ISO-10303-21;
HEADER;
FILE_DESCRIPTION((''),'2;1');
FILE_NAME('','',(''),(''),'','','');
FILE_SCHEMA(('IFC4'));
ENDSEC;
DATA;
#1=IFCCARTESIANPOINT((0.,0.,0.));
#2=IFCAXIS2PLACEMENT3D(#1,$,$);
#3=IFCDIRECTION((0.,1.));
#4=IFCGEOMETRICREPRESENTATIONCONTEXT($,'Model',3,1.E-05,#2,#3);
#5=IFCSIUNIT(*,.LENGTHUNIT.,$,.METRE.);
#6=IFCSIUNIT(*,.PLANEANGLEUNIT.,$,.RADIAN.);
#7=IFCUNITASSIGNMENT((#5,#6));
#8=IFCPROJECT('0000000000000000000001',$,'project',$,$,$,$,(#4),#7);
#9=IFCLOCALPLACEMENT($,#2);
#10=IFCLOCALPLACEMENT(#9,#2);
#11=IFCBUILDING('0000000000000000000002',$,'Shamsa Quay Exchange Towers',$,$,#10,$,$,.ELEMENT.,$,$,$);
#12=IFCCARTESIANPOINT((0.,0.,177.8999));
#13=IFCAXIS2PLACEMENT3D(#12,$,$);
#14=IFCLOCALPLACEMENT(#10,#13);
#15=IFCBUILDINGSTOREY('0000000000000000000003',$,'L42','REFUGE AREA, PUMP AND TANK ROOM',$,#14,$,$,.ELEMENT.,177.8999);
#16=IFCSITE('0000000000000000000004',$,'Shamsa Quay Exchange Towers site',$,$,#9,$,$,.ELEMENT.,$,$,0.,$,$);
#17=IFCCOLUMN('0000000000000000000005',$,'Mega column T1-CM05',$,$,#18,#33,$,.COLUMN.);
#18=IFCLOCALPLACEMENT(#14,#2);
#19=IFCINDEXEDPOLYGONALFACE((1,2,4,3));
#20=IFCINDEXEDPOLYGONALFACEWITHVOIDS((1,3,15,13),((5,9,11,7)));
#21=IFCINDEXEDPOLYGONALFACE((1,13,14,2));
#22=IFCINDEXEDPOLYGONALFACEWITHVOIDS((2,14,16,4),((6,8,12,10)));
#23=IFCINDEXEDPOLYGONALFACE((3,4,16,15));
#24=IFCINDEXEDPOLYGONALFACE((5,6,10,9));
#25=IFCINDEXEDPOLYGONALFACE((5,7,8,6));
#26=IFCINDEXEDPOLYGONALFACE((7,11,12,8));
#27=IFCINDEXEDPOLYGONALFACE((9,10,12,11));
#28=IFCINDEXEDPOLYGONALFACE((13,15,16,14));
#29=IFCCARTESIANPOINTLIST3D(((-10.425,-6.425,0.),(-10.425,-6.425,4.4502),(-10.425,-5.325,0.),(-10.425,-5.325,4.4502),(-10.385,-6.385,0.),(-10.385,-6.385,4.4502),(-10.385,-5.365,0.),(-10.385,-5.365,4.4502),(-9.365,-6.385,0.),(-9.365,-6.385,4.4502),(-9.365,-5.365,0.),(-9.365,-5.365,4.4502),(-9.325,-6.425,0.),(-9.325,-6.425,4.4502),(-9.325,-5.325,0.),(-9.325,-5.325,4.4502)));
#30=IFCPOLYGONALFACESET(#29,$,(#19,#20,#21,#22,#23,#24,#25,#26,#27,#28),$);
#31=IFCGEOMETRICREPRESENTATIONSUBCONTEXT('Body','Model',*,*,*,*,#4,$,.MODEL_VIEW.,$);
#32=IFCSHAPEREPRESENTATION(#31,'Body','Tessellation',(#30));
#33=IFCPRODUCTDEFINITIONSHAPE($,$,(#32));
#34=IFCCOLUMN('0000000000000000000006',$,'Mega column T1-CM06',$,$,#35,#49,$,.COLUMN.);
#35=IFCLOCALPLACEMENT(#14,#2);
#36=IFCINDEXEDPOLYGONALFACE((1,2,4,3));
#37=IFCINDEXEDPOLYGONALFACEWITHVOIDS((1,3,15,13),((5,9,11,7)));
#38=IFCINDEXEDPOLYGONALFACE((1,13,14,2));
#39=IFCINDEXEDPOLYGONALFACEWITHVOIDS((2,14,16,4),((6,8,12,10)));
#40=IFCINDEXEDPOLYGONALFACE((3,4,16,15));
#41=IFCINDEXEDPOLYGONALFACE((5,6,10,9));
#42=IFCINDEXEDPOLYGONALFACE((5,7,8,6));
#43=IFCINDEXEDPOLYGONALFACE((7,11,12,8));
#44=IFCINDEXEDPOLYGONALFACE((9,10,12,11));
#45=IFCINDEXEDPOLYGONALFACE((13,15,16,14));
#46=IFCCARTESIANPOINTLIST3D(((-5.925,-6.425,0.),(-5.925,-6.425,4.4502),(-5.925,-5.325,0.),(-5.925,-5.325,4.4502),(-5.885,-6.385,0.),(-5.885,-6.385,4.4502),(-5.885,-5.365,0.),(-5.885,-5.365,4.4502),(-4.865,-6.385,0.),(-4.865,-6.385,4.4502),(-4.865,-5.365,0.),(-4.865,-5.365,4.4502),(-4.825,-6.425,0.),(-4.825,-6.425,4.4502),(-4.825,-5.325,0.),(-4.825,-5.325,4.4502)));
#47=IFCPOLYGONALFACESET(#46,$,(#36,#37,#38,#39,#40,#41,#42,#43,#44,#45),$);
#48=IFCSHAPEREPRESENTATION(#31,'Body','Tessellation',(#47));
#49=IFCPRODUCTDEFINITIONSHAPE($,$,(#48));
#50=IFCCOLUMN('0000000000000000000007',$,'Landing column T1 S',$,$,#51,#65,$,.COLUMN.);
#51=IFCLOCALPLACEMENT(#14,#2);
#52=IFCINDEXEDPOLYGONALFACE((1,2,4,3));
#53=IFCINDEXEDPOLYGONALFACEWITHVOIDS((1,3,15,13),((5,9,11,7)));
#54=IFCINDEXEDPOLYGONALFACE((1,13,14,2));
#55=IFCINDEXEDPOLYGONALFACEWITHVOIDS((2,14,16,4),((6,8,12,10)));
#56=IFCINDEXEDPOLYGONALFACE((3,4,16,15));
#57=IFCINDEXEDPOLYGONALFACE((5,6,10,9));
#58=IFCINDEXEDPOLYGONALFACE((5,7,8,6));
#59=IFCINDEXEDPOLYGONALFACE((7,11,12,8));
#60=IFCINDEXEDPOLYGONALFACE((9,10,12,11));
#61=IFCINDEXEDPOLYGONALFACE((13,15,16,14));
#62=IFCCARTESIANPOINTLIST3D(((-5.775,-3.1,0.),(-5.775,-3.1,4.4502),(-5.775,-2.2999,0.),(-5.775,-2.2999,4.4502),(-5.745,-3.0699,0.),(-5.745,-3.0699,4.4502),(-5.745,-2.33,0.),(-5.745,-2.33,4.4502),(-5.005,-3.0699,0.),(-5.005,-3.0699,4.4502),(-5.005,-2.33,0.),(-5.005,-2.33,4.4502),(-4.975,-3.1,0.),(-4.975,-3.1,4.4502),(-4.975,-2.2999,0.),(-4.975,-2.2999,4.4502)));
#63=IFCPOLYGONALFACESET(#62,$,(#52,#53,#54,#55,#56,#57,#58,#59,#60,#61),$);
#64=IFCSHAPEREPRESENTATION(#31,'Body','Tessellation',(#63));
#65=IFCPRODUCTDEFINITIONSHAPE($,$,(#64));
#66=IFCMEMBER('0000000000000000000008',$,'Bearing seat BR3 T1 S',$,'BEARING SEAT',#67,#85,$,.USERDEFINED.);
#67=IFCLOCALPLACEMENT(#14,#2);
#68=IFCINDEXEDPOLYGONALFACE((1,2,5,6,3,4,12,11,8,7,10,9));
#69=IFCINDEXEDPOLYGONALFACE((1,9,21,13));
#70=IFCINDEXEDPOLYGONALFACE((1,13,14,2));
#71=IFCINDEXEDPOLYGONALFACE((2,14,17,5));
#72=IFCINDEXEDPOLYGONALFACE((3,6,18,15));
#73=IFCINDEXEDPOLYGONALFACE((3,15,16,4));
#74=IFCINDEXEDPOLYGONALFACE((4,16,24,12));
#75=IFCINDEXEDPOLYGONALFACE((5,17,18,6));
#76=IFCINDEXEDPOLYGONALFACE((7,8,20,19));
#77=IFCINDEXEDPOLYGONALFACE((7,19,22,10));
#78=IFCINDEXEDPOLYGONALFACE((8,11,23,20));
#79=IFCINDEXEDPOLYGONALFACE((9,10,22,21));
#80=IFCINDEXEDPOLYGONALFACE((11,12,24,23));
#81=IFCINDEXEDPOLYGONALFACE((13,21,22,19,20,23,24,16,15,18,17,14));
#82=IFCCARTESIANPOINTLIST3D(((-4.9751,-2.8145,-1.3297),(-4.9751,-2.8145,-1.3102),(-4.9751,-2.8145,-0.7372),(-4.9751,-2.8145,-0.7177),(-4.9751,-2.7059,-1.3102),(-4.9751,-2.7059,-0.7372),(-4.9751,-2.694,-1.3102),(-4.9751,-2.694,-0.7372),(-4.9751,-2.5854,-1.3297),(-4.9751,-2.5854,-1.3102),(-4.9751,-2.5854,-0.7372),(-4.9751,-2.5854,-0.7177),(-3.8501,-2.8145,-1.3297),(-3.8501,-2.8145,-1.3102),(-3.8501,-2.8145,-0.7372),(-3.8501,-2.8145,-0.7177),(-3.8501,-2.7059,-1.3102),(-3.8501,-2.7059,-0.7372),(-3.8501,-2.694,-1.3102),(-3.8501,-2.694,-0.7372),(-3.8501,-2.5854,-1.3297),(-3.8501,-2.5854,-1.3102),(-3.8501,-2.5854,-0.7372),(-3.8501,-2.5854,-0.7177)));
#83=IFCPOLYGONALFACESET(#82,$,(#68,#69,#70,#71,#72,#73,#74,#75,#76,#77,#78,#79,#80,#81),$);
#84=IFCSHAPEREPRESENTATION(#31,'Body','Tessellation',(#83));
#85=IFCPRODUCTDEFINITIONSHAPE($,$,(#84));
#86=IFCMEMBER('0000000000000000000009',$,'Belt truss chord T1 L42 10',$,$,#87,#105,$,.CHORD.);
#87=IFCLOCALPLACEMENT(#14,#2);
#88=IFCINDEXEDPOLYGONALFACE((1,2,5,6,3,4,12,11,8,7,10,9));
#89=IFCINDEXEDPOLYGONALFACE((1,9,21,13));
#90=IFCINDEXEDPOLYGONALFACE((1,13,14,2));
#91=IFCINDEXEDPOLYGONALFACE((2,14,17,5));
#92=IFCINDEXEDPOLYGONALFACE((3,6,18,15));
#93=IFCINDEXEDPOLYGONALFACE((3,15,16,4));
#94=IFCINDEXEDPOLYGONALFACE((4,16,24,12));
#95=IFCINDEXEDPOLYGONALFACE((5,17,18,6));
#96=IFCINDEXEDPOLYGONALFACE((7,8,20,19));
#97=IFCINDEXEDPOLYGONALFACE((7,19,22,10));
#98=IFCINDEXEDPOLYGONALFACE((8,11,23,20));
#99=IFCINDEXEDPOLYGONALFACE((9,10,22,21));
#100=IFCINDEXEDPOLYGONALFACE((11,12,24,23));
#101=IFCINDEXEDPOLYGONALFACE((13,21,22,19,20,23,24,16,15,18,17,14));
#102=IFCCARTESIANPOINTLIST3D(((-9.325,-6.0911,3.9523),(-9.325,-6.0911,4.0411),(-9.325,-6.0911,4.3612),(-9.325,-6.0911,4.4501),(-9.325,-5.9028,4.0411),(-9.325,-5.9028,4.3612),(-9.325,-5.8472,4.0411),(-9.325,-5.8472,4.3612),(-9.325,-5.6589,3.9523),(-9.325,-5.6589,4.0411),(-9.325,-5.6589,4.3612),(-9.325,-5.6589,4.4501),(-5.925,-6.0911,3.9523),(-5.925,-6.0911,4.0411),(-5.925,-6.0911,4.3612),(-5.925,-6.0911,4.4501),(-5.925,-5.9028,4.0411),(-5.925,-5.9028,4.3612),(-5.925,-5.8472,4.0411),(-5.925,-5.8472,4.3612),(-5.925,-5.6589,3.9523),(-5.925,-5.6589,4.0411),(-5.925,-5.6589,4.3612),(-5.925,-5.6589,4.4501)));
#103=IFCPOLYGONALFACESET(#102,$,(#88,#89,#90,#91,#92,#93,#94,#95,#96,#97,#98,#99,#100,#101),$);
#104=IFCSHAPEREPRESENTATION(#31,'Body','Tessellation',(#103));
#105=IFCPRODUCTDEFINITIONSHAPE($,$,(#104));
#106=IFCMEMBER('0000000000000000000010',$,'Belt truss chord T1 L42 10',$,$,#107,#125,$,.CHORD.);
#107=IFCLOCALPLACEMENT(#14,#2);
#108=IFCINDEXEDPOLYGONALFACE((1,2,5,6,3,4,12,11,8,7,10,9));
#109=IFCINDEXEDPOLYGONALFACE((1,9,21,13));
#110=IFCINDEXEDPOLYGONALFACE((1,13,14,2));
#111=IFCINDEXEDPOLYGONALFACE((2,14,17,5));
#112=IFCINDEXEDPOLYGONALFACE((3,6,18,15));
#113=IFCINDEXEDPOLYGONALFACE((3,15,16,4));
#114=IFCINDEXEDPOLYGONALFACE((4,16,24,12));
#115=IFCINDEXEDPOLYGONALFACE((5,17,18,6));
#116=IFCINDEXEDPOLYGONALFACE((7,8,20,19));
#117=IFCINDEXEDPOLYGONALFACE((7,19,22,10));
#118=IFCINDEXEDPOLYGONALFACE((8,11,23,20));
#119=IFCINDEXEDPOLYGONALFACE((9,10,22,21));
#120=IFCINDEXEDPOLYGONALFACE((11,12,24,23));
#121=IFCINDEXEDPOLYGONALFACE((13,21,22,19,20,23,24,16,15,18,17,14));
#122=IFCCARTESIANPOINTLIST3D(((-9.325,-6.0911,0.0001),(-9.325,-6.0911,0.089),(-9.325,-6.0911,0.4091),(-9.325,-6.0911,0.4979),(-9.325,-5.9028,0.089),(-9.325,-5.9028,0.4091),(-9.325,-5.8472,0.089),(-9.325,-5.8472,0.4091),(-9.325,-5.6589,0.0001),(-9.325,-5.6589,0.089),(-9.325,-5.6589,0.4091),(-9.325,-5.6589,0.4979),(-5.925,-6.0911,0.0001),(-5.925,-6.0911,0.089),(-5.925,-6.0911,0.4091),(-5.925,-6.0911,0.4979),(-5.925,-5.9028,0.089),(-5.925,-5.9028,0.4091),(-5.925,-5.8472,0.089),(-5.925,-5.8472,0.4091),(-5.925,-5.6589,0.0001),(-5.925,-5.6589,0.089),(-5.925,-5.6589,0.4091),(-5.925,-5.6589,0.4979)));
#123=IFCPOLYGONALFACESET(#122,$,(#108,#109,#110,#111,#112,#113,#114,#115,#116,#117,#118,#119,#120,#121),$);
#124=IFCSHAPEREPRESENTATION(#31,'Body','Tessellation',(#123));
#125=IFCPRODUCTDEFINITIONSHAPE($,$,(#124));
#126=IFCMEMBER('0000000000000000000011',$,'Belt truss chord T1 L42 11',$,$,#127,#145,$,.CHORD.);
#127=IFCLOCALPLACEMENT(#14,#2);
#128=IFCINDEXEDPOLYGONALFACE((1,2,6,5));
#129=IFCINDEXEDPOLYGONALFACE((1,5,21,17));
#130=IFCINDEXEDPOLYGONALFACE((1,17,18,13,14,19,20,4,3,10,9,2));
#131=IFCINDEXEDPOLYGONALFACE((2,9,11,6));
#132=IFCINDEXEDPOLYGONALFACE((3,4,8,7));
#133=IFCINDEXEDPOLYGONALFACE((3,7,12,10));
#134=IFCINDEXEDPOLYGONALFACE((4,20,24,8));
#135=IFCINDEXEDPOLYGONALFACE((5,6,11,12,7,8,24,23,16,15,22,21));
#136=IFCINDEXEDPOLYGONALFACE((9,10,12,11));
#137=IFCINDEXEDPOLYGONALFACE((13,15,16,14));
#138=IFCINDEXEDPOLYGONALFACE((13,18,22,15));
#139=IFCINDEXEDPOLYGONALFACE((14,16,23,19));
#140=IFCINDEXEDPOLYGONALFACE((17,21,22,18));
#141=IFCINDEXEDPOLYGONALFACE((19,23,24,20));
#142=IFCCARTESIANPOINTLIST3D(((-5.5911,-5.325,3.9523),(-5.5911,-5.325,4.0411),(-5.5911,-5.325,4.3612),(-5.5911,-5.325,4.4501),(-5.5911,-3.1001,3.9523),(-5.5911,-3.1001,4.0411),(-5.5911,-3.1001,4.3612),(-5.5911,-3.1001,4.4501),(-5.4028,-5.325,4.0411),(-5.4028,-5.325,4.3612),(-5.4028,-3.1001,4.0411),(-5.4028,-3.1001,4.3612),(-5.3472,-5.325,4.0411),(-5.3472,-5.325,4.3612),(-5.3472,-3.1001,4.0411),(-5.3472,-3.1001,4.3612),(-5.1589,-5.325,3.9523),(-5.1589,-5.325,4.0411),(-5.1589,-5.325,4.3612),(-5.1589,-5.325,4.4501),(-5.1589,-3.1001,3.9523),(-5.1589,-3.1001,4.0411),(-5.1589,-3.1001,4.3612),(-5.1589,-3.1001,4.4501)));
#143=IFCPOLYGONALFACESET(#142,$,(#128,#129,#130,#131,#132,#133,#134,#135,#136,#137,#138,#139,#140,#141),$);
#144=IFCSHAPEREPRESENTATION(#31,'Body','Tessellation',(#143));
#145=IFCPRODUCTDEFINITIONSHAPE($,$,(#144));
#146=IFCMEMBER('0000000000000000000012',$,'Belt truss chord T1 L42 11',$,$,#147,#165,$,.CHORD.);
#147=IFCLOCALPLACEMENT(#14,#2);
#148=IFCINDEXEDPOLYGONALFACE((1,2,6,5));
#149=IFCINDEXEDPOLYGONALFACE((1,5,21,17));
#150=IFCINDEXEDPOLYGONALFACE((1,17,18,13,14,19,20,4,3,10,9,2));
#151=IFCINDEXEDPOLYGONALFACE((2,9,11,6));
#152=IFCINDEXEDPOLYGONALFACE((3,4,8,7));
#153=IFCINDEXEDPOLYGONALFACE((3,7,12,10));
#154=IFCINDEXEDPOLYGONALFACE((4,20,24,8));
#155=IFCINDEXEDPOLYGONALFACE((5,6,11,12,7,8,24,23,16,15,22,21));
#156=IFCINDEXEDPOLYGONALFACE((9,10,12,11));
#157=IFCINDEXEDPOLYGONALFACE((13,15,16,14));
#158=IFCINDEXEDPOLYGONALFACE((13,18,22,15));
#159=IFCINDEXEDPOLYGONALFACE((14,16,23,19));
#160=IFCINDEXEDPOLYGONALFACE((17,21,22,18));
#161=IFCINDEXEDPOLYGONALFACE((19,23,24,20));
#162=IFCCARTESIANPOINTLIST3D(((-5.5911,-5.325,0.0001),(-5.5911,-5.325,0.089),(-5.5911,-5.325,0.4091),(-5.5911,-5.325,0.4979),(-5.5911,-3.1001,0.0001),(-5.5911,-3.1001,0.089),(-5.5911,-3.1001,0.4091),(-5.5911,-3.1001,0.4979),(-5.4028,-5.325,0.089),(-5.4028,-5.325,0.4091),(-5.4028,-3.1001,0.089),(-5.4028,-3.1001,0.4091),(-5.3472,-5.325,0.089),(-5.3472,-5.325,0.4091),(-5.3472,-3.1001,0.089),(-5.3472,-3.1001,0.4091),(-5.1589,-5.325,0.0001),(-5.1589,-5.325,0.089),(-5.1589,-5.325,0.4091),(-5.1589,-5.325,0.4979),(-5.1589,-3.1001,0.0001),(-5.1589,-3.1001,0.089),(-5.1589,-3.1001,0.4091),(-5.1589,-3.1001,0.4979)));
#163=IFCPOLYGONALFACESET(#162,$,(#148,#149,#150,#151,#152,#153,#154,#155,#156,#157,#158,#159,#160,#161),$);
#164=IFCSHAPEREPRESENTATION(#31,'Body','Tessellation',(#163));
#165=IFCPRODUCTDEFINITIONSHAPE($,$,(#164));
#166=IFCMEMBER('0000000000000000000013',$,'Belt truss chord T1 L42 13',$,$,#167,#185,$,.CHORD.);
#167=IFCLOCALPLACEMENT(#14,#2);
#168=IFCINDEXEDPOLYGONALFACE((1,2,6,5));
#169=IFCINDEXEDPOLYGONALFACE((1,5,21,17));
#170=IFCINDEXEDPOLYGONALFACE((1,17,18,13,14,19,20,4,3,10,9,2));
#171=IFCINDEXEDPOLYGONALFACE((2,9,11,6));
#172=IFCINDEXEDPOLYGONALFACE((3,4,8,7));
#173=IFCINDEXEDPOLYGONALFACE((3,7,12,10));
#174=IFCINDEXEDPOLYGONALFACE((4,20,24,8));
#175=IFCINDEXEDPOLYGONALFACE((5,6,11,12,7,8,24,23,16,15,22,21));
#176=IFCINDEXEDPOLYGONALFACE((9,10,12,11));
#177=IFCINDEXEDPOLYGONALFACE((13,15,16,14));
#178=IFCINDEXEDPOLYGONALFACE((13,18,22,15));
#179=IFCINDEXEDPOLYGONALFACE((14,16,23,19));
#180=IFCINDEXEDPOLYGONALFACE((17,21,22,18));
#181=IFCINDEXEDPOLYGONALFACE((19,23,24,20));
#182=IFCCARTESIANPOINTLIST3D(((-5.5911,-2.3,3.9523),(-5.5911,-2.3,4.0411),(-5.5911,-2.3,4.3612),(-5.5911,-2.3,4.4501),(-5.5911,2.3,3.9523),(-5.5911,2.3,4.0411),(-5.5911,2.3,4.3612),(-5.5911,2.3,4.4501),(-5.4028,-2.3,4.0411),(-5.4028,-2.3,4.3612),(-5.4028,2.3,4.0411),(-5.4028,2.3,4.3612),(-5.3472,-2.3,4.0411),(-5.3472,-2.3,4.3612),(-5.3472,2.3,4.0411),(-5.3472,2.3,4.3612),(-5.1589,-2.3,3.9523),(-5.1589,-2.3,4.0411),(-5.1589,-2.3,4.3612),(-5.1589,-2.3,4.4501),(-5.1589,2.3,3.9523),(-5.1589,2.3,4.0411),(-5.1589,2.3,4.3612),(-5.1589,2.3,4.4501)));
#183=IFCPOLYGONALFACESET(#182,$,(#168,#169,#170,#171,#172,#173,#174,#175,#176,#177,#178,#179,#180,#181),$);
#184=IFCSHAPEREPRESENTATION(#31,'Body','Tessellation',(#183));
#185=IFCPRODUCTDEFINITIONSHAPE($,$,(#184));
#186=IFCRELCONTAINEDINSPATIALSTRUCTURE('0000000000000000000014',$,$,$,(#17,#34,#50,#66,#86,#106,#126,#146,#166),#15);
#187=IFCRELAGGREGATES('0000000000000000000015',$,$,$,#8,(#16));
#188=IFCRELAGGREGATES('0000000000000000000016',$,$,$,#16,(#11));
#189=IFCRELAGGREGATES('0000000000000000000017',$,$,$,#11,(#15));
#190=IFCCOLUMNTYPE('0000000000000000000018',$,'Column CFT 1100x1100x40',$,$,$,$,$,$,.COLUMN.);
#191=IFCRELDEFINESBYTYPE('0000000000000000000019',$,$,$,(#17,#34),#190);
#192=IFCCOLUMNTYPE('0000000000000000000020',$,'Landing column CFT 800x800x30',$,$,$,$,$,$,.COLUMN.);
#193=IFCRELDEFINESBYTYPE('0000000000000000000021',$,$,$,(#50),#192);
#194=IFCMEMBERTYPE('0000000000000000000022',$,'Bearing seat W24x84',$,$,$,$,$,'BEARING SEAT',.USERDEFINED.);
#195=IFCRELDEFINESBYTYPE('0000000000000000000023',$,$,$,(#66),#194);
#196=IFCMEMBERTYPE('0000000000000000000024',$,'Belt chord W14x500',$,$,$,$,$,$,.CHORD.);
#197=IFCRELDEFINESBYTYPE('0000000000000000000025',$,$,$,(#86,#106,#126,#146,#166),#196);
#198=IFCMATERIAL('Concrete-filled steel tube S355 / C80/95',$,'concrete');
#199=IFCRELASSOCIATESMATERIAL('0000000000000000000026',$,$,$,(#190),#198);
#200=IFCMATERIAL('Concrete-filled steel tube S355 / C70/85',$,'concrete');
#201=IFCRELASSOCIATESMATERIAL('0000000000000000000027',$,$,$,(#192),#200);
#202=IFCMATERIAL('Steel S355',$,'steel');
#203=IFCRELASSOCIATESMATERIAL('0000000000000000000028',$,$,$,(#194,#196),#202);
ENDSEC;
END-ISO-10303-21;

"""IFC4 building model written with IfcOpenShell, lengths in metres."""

from ifc_helpers import new_model, si_unit, direction, frame, origin, origin_2d, place, context, subcontext, project, spatial, hollow_rectangle, i_section, extrude, material, material_profile, profile_set, type_object, element, save


model = new_model("IFC4")

# Units and contexts
model_context = context("Model", 3, precision=1e-05, world=origin(), true_north=direction((0.0, 1.0)))
body_context = subcontext(model_context, "Body", "Model", "MODEL_VIEW")
ifc_project = project(units=[si_unit("LENGTHUNIT", "METRE"), si_unit("PLANEANGLEUNIT", "RADIAN")], contexts=[model_context])

# Site, building, storey
site_placement = place(None, origin())
site = spatial("IfcSite", under=ifc_project, at=site_placement, Name="Shamsa Quay Exchange Towers site", CompositionType="ELEMENT", RefElevation=0.0)
building_placement = place(site_placement, origin())
building = spatial("IfcBuilding", under=site, at=building_placement, Name="Shamsa Quay Exchange Towers", CompositionType="ELEMENT")
storey_placement = place(building_placement, frame((0.0, 0.0, 177.8999)))
storey = spatial("IfcBuildingStorey", under=building, at=storey_placement, Name="L42", Description="REFUGE AREA, PUMP AND TANK ROOM", CompositionType="ELEMENT", Elevation=177.8999)

# Columns
ifc_material_1 = material(Name="Concrete-filled steel tube S355 / C80/95", Category="concrete")
ifc_material_profile_1 = material_profile(ifc_material_1, hollow_rectangle(XDim=1.1001, YDim=1.1001, WallThickness=0.04, at=origin_2d()), Name="CFT 1100x1100x40")
ifc_profile_set_1 = profile_set([ifc_material_profile_1], Name="Concrete-filled steel tube S355 / C80/95")
column_type_1 = type_object("IfcColumnType", Name="Column CFT 1100x1100x40", PredefinedType="COLUMN", material=ifc_profile_set_1)
for number, where, name in (
    (1, (-9.875, -5.875, 0.0), "Mega column T1-CM05"),
    (2, (-5.375, -5.875, 0.0), "Mega column T1-CM06"),
):
    element("IfcColumn", number, at=place(storey_placement, frame(where)), inside=storey, type_object=column_type_1, Name=name, PredefinedType="COLUMN", context=body_context, shape_type="SweptSolid", body=[
        extrude(hollow_rectangle(XDim=1.1001, YDim=1.1001, WallThickness=0.04, at=origin_2d()), origin(), (0.0, 0.0, 1.0), 4.4502),
    ])
ifc_material_2 = material(Name="Concrete-filled steel tube S355 / C70/85", Category="concrete")
ifc_material_profile_2 = material_profile(ifc_material_2, hollow_rectangle(XDim=0.8, YDim=0.8, WallThickness=0.03, at=origin_2d()), Name="CFT 800x800x30")
ifc_profile_set_2 = profile_set([ifc_material_profile_2], Name="Concrete-filled steel tube S355 / C70/85")
column_type_2 = type_object("IfcColumnType", Name="Landing column CFT 800x800x30", PredefinedType="COLUMN", material=ifc_profile_set_2)
column_placement = place(storey_placement, frame((-5.375, -2.7, 0.0)))
element("IfcColumn", 3, at=column_placement, inside=storey, type_object=column_type_2, Name="Landing column T1 S", PredefinedType="COLUMN", context=body_context, shape_type="SweptSolid", body=[
    extrude(hollow_rectangle(XDim=0.8, YDim=0.8, WallThickness=0.03, at=origin_2d()), origin(), (0.0, 0.0, 1.0), 4.4502),
])

# Members
ifc_material_3 = material(Name="Steel S355", Category="steel")
ifc_material_profile_3 = material_profile(ifc_material_3, i_section(OverallWidth=0.229, OverallDepth=0.6121, WebThickness=0.012, FlangeThickness=0.0195, at=origin_2d()), Name="W24x84")
ifc_profile_set_3 = profile_set([ifc_material_profile_3], Name="Steel S355")
member_type_1 = type_object("IfcMemberType", Name="Bearing seat W24x84", ElementType="BEARING SEAT", PredefinedType="USERDEFINED", material=ifc_profile_set_3)
member_1_placement = place(storey_placement, frame((-4.9751, -2.7, -1.0237), z_axis=(1.0, 0.0, 0.0), x_axis=(0.0, 1.0, 0.0)))
element("IfcMember", 4, at=member_1_placement, inside=storey, type_object=member_type_1, Name="Bearing seat BR3 T1 S", ObjectType="BEARING SEAT", PredefinedType="USERDEFINED", context=body_context, shape_type="SweptSolid", body=[
    extrude(i_section(OverallWidth=0.229, OverallDepth=0.6121, WebThickness=0.012, FlangeThickness=0.0195, at=origin_2d()), origin(), (0.0, 0.0, 1.0), 1.125),
])
ifc_material_profile_4 = material_profile(ifc_material_3, i_section(OverallWidth=0.4321, OverallDepth=0.4978, WebThickness=0.0557, FlangeThickness=0.0889, at=origin_2d()), Name="W14x500")
ifc_profile_set_4 = profile_set([ifc_material_profile_4], Name="Steel S355")
member_type_2 = type_object("IfcMemberType", Name="Belt chord W14x500", PredefinedType="CHORD", material=ifc_profile_set_4)
for number, where, z_axis, x_axis, name in (
    (5, (-9.325, -5.875, 4.2012), (1.0, 0.0, 0.0), (0.0, 1.0, 0.0), "Belt truss chord T1 L42 10"),
    (6, (-9.325, -5.875, 0.249), (1.0, 0.0, 0.0), (0.0, 1.0, 0.0), "Belt truss chord T1 L42 10"),
):
    element("IfcMember", number, at=place(storey_placement, frame(where, z_axis=z_axis, x_axis=x_axis)), inside=storey, type_object=member_type_2, Name=name, PredefinedType="CHORD", context=body_context, shape_type="SweptSolid", body=[
        extrude(i_section(OverallWidth=0.4321, OverallDepth=0.4978, WebThickness=0.0557, FlangeThickness=0.0889, at=origin_2d()), origin(), (0.0, 0.0, 1.0), 3.3999),
    ])
for number, where, z_axis, x_axis, name in (
    (7, (-5.375, -5.325, 4.2012), (0.0, 1.0, 0.0), (-1.0, 0.0, 0.0), "Belt truss chord T1 L42 11"),
    (8, (-5.375, -5.325, 0.249), (0.0, 1.0, 0.0), (-1.0, 0.0, 0.0), "Belt truss chord T1 L42 11"),
):
    element("IfcMember", number, at=place(storey_placement, frame(where, z_axis=z_axis, x_axis=x_axis)), inside=storey, type_object=member_type_2, Name=name, PredefinedType="CHORD", context=body_context, shape_type="SweptSolid", body=[
        extrude(i_section(OverallWidth=0.4321, OverallDepth=0.4978, WebThickness=0.0557, FlangeThickness=0.0889, at=origin_2d()), origin(), (0.0, 0.0, 1.0), 2.2249),
    ])
member_2_placement = place(storey_placement, frame((-5.375, -2.3, 4.2012), z_axis=(0.0, 1.0, 0.0), x_axis=(-1.0, 0.0, 0.0)))
element("IfcMember", 9, at=member_2_placement, inside=storey, type_object=member_type_2, Name="Belt truss chord T1 L42 13", PredefinedType="CHORD", context=body_context, shape_type="SweptSolid", body=[
    extrude(i_section(OverallWidth=0.4321, OverallDepth=0.4978, WebThickness=0.0557, FlangeThickness=0.0889, at=origin_2d()), origin(), (0.0, 0.0, 1.0), 4.6001),
])

save(model, "model.ifc")
